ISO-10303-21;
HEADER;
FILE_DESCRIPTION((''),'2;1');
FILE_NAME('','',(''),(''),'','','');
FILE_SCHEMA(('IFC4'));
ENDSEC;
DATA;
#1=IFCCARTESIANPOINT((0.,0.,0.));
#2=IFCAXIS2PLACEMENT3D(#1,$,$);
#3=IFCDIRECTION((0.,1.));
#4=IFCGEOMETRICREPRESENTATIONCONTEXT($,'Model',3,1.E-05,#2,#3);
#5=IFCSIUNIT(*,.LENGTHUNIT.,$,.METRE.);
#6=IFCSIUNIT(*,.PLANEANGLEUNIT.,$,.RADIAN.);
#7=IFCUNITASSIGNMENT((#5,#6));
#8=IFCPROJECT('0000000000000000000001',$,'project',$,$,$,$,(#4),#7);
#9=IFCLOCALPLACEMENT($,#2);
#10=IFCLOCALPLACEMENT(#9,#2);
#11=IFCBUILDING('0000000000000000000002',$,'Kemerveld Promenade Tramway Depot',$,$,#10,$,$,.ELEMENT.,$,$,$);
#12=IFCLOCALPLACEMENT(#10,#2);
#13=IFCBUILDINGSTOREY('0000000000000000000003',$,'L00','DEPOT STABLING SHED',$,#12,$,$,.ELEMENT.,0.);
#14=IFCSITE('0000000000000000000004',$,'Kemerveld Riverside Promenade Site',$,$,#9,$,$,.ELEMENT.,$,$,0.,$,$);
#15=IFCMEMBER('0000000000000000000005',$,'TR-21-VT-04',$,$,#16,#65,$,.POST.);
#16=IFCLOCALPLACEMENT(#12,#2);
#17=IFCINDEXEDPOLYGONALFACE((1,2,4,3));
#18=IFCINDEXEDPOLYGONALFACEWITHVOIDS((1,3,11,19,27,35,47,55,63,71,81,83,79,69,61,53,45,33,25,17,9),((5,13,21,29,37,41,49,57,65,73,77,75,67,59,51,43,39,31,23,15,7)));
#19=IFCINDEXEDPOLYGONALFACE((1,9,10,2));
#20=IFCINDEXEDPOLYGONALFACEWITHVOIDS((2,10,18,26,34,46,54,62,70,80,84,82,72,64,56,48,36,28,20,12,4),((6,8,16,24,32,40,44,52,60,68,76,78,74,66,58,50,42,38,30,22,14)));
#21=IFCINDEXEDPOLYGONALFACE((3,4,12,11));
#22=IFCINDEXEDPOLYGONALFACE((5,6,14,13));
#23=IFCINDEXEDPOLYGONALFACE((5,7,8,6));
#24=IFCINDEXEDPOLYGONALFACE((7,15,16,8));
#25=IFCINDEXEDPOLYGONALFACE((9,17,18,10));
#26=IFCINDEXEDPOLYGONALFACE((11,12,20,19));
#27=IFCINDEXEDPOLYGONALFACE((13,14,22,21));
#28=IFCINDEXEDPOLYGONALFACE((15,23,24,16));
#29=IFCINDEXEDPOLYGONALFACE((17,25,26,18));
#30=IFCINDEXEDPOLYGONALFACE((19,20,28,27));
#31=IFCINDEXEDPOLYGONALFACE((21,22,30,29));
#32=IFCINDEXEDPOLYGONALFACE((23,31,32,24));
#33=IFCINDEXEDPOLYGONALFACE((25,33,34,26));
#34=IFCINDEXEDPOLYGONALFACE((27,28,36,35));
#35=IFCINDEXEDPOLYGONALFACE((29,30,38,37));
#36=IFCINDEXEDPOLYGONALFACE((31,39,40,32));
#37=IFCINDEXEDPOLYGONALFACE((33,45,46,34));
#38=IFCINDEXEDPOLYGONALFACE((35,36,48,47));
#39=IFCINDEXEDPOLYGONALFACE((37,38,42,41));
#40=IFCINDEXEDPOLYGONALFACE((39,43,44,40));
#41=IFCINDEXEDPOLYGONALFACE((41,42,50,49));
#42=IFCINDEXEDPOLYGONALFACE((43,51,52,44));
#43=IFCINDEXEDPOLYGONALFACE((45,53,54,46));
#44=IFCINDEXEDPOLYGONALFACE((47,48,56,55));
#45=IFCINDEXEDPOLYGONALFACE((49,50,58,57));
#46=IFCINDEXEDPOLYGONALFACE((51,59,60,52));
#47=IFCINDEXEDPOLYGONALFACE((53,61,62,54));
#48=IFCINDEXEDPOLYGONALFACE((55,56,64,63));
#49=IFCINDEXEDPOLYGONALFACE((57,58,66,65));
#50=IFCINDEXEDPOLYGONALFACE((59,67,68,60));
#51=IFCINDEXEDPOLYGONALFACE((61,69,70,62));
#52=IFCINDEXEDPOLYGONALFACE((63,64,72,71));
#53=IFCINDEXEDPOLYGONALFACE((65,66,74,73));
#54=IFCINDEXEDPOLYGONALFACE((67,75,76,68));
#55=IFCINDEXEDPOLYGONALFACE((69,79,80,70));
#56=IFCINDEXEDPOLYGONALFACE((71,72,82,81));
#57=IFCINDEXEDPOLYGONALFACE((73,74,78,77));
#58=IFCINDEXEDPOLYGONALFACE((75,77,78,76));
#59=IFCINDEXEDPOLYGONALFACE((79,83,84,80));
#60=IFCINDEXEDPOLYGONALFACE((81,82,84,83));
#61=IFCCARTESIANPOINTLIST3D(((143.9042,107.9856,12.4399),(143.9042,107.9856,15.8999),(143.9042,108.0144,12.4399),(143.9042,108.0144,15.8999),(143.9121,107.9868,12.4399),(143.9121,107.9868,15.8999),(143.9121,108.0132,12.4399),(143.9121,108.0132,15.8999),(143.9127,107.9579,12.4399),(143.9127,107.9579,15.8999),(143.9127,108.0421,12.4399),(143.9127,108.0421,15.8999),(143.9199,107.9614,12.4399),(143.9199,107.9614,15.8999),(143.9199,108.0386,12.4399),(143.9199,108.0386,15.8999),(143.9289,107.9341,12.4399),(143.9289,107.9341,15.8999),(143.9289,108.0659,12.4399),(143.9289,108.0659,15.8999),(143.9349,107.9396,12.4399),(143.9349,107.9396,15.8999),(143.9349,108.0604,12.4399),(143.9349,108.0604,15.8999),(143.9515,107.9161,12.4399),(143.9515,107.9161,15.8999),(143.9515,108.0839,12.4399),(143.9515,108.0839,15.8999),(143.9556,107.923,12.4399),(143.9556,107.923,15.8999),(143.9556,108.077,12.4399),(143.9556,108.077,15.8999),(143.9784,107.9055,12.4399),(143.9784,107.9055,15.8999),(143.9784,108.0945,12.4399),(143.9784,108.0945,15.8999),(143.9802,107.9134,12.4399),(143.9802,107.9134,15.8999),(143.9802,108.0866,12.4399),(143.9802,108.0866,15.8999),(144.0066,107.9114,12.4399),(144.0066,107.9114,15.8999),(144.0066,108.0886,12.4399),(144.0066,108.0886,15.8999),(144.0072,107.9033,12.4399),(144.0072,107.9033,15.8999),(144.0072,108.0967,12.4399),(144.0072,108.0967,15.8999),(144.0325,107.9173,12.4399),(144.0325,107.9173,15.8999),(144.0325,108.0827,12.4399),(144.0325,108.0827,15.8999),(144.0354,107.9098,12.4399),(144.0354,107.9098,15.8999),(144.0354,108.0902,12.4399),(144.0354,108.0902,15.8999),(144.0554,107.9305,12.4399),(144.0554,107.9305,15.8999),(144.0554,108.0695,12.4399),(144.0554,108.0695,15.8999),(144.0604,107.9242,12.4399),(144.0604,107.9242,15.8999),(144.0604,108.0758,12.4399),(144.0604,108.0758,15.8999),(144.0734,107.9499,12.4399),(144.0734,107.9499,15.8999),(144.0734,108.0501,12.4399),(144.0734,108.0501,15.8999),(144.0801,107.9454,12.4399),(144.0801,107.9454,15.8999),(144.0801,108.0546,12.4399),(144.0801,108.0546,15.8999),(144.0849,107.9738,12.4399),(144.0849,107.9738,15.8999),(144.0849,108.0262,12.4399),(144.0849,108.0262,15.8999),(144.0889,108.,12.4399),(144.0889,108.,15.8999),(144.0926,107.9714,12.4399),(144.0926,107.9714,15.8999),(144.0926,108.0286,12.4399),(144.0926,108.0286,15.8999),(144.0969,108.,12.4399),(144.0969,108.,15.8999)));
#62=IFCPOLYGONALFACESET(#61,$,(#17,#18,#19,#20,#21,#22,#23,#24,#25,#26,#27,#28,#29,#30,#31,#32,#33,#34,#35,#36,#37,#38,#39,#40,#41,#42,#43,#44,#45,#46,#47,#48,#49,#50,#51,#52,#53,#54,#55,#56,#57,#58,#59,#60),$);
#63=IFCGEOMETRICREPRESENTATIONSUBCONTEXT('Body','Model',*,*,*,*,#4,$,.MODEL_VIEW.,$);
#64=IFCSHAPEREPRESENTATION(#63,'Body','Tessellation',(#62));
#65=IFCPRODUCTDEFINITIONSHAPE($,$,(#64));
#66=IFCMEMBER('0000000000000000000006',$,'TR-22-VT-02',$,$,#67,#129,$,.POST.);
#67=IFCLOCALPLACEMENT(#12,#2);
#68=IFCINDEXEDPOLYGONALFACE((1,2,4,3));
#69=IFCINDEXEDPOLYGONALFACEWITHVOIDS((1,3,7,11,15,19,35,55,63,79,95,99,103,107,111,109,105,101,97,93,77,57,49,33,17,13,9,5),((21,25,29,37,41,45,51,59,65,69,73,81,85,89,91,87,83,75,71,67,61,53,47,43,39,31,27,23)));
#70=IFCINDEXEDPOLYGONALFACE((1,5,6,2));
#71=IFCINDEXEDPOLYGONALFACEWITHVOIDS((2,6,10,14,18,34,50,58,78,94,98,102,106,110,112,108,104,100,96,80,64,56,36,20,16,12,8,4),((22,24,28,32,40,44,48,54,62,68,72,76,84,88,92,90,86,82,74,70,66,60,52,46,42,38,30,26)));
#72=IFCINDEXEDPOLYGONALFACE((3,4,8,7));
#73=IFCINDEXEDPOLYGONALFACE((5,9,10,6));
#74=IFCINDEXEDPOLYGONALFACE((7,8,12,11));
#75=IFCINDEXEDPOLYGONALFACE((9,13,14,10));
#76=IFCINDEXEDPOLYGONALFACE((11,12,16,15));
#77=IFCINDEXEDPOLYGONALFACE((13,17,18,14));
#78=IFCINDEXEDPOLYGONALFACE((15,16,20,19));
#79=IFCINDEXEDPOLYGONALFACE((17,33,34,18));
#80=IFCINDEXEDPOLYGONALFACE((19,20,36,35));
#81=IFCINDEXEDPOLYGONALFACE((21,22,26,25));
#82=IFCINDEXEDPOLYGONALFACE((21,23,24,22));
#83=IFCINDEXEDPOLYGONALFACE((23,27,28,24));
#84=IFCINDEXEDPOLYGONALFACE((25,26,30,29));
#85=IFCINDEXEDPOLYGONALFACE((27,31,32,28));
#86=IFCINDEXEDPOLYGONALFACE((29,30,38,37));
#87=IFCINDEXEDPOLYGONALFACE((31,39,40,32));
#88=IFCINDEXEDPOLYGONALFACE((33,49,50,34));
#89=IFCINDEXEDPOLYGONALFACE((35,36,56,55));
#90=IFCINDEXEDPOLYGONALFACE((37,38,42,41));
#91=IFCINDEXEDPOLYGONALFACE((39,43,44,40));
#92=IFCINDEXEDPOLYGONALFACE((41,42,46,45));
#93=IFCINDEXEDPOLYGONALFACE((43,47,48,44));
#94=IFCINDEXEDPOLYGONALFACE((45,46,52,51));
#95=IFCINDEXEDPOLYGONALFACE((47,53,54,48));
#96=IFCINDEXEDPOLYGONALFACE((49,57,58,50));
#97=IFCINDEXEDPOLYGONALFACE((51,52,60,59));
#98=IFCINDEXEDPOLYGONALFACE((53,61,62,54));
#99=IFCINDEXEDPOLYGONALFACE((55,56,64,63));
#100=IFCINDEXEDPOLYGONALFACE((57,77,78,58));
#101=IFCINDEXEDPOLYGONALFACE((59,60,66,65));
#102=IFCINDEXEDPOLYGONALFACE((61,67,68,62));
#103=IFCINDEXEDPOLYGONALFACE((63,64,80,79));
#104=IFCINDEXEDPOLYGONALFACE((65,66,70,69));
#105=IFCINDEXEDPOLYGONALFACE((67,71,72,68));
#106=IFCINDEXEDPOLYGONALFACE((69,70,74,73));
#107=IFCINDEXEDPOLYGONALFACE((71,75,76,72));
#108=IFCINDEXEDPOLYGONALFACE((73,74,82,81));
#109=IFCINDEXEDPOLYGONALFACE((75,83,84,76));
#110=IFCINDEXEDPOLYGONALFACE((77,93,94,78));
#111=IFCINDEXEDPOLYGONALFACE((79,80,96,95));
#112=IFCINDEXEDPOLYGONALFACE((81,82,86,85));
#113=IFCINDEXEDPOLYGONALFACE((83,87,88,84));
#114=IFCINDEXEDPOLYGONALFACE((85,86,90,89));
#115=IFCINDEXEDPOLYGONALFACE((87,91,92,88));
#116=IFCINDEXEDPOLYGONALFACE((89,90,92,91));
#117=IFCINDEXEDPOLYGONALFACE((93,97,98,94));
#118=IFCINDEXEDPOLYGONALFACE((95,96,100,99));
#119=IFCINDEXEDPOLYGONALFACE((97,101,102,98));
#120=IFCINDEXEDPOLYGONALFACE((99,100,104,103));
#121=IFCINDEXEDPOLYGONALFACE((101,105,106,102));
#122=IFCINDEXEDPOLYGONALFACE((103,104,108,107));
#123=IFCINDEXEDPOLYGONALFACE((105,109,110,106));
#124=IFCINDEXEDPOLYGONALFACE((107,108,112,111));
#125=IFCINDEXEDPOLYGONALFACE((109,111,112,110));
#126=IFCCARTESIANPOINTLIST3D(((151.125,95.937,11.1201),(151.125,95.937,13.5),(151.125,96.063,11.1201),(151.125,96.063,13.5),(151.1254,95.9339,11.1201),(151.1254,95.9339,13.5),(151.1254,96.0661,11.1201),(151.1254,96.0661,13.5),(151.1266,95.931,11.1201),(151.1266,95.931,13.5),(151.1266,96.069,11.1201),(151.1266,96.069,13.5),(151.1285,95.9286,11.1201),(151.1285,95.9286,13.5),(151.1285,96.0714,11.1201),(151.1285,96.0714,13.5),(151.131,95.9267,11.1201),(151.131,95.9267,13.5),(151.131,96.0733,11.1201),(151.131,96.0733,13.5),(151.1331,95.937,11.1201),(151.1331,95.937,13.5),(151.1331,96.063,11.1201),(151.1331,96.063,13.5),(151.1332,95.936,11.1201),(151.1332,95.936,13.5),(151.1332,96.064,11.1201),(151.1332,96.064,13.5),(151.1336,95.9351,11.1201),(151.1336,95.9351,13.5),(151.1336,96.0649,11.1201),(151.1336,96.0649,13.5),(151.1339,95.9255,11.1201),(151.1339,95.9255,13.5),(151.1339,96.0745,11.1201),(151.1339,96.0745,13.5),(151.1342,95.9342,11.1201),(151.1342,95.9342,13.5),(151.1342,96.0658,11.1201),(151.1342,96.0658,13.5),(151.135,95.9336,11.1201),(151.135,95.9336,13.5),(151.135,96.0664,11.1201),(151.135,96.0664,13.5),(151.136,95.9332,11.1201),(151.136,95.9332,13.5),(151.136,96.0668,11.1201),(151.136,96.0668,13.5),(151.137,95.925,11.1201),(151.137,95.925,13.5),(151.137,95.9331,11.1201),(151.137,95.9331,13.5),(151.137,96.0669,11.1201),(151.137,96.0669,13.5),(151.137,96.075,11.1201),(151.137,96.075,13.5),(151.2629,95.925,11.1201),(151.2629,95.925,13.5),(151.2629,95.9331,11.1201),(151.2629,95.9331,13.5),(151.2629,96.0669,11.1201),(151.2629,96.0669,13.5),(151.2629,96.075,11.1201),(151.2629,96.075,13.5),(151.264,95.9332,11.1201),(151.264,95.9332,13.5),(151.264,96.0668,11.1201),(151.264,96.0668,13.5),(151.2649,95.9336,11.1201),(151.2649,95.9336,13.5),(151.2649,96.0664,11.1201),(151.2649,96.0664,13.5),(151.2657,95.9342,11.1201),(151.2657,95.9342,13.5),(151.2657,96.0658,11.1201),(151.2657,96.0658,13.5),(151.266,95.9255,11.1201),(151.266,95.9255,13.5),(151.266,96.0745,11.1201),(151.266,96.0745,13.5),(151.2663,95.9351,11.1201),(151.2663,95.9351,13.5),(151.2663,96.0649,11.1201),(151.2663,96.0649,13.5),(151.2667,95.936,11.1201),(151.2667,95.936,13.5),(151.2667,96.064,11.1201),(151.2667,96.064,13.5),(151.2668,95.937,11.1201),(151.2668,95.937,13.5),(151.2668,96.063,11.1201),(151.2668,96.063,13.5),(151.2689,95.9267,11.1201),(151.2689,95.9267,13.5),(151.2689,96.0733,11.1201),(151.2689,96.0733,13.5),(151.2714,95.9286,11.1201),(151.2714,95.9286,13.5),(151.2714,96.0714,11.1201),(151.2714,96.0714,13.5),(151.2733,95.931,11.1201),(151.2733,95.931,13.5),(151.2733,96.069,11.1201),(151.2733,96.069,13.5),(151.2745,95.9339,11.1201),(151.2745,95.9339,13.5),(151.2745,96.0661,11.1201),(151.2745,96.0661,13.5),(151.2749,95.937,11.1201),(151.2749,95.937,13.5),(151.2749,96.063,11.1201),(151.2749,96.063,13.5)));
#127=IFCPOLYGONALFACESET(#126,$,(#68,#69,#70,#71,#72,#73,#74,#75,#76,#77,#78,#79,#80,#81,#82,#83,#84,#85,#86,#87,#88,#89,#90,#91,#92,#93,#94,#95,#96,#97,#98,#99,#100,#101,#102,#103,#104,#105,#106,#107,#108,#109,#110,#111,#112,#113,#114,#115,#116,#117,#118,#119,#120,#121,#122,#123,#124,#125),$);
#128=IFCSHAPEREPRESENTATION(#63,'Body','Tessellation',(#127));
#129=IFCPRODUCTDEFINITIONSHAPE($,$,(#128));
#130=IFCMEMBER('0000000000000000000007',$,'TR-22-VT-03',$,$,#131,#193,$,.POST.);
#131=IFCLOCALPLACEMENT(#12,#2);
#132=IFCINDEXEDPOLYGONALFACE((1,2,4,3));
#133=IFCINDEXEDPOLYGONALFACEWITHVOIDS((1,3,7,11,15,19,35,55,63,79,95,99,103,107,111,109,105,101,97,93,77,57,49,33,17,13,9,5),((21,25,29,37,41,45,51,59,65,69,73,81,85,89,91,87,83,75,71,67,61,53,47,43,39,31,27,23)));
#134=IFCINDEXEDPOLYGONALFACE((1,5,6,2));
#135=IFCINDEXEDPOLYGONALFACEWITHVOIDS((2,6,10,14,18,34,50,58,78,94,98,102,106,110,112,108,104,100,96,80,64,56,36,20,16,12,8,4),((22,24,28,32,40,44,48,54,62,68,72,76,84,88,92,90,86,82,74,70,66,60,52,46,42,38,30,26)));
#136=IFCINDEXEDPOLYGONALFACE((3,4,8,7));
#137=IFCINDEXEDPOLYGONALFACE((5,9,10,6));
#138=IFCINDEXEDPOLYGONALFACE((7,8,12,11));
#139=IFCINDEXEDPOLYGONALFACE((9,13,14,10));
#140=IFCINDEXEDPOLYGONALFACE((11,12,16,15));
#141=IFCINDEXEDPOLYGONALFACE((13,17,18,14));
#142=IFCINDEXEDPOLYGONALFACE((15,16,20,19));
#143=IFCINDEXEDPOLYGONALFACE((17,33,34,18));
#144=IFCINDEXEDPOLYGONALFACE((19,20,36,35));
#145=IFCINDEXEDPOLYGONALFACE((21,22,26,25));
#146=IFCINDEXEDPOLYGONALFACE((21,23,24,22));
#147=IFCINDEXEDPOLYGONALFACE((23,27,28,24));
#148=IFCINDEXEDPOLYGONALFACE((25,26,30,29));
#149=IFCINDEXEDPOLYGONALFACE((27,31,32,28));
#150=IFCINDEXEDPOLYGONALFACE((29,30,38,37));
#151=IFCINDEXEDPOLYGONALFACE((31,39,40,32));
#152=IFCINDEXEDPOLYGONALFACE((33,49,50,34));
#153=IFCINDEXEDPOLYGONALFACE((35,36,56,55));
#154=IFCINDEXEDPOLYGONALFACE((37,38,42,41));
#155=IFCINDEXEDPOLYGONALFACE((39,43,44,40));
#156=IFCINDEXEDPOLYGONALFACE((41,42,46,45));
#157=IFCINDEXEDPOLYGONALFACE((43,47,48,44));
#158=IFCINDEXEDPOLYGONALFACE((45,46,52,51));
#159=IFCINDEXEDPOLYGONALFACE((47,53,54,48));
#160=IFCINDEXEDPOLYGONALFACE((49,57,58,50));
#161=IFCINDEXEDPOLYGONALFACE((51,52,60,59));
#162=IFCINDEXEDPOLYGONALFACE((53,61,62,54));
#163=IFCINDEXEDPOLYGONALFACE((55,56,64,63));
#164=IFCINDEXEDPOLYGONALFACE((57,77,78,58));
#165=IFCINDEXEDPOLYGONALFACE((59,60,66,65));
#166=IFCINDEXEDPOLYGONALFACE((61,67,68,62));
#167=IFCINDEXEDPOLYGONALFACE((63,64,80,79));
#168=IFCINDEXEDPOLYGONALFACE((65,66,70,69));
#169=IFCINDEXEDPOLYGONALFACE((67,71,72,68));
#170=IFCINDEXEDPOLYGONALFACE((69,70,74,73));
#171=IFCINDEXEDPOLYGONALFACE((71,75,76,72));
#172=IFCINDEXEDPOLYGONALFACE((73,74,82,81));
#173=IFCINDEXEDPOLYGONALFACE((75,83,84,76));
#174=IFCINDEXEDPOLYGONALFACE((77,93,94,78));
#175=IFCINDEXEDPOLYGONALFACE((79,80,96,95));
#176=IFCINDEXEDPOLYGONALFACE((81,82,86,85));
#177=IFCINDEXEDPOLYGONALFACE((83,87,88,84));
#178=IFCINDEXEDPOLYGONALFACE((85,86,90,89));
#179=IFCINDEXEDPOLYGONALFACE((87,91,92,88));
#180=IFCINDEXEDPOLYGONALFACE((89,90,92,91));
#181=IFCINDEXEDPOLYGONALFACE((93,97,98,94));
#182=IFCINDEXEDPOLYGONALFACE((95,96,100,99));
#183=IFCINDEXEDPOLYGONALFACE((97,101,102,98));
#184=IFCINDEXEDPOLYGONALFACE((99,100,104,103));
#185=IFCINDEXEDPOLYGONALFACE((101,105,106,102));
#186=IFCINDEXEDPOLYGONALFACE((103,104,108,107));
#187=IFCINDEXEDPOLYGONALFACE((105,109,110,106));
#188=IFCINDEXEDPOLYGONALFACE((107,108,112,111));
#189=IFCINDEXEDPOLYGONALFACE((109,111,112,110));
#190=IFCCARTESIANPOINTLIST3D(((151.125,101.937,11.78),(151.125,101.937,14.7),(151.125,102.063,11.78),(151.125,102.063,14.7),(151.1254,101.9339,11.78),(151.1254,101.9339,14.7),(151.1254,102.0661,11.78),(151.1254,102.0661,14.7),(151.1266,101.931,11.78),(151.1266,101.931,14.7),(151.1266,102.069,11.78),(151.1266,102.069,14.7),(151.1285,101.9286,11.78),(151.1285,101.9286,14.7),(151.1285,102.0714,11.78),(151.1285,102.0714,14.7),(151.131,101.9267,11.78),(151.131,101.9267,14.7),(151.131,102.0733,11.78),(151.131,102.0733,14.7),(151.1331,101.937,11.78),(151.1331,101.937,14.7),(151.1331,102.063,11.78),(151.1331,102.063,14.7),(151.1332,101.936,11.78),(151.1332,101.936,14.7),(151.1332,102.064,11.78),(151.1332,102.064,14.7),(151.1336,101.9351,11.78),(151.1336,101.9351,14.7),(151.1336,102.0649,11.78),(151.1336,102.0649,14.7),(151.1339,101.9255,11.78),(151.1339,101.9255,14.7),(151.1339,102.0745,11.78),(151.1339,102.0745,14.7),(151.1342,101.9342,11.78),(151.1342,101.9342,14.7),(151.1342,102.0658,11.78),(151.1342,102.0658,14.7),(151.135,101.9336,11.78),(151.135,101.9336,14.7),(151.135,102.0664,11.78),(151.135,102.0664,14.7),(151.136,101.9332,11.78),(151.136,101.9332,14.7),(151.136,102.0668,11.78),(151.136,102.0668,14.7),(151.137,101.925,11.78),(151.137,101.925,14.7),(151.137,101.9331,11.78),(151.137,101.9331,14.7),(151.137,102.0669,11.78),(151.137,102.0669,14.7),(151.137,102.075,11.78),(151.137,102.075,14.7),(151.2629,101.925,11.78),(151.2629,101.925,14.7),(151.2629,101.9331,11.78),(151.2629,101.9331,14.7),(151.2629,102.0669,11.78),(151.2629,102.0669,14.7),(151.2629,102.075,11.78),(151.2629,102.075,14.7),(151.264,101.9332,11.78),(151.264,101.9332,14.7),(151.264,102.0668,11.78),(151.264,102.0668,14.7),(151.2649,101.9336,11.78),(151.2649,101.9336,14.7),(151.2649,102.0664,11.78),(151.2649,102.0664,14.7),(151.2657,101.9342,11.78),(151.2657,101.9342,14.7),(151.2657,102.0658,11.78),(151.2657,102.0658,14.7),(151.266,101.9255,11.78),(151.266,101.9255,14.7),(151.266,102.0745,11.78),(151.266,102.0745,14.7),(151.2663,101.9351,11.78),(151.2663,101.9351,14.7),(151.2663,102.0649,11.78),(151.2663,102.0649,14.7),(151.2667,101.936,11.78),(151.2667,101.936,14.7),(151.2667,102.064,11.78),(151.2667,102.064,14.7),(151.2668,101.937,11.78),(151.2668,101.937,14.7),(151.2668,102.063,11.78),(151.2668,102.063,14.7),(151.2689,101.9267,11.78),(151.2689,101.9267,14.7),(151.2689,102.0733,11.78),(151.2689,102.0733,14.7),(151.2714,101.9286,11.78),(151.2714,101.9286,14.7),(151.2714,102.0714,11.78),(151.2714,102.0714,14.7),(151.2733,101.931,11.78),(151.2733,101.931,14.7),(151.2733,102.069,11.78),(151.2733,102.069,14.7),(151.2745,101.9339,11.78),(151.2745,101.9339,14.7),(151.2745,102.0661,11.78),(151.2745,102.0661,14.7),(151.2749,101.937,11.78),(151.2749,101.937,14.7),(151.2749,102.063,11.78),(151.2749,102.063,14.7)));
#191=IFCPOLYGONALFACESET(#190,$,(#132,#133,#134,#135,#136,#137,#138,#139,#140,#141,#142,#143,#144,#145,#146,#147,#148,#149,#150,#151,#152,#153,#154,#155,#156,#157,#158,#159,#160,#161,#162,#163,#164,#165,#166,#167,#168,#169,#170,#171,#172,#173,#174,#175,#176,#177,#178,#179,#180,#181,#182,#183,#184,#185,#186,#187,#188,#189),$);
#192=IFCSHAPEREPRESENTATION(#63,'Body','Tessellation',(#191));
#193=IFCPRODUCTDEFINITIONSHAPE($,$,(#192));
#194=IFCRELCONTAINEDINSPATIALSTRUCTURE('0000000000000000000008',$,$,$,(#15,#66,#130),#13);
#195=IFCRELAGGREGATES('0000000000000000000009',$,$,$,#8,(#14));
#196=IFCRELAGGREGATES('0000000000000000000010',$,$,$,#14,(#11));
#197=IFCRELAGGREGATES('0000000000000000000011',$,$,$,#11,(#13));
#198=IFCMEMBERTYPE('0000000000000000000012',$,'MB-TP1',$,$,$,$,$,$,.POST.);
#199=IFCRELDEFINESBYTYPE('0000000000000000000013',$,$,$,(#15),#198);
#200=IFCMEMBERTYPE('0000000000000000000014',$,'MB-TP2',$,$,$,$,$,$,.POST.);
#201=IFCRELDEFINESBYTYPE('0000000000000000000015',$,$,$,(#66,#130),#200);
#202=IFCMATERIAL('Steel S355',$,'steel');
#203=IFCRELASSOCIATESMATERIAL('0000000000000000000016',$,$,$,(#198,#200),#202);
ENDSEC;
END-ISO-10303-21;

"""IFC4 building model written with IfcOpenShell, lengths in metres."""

from ifc_helpers import new_model, si_unit, direction, frame, origin, origin_2d, place, context, subcontext, project, spatial, hollow_rectangle, hollow_circle, extrude, material, material_profile, profile_set, type_object, element, save


model = new_model("IFC4")

# Units and contexts
model_context = context("Model", 3, precision=1e-05, world=origin(), true_north=direction((0.0, 1.0)))
body_context = subcontext(model_context, "Body", "Model", "MODEL_VIEW")
ifc_project = project(units=[si_unit("LENGTHUNIT", "METRE"), si_unit("PLANEANGLEUNIT", "RADIAN")], contexts=[model_context])

# Site, building, storey
site_placement = place(None, origin())
site = spatial("IfcSite", under=ifc_project, at=site_placement, Name="Kemerveld Riverside Promenade Site", CompositionType="ELEMENT", RefElevation=0.0)
building_placement = place(site_placement, origin())
building = spatial("IfcBuilding", under=site, at=building_placement, Name="Kemerveld Promenade Tramway Depot", CompositionType="ELEMENT")
storey_placement = place(building_placement, origin())
storey = spatial("IfcBuildingStorey", under=building, at=storey_placement, Name="L00", Description="DEPOT STABLING SHED", CompositionType="ELEMENT", Elevation=0.0)

# Members
ifc_material_1 = material(Name="Steel S355", Category="steel")
ifc_material_profile_1 = material_profile(ifc_material_1, hollow_circle(Radius=0.0969, WallThickness=0.0081, at=origin_2d()), Name="193.7x8.0 CHS")
ifc_profile_set_1 = profile_set([ifc_material_profile_1], Name="Steel S355")
member_type_1 = type_object("IfcMemberType", Name="MB-TP1", PredefinedType="POST", material=ifc_profile_set_1)
member_1_placement = place(storey_placement, frame((144.0, 108.0, 12.4399), z_axis=(0.0, 0.0, 1.0), x_axis=(1.0, 0.0, 0.0)))
element("IfcMember", 1, at=member_1_placement, inside=storey, type_object=member_type_1, Name="TR-21-VT-04", PredefinedType="POST", context=body_context, shape_type="SweptSolid", body=[
    extrude(hollow_circle(Radius=0.0969, WallThickness=0.0081, at=origin_2d()), origin(), (0.0, 0.0, 1.0), 3.46),
])
ifc_material_profile_2 = material_profile(ifc_material_1, hollow_rectangle(XDim=0.1499, YDim=0.1499, WallThickness=0.0081, InnerFilletRadius=0.0039, OuterFilletRadius=0.012, at=origin_2d()), Name="150x150x8.0 SHS")
ifc_profile_set_2 = profile_set([ifc_material_profile_2], Name="Steel S355")
member_type_2 = type_object("IfcMemberType", Name="MB-TP2", PredefinedType="POST", material=ifc_profile_set_2)
member_2_placement = place(storey_placement, frame((151.2, 96.0, 11.1201), z_axis=(0.0, 0.0, 1.0), x_axis=(1.0, 0.0, 0.0)))
element("IfcMember", 2, at=member_2_placement, inside=storey, type_object=member_type_2, Name="TR-22-VT-02", PredefinedType="POST", context=body_context, shape_type="SweptSolid", body=[
    extrude(hollow_rectangle(XDim=0.1499, YDim=0.1499, WallThickness=0.0081, InnerFilletRadius=0.0039, OuterFilletRadius=0.012, at=origin_2d()), origin(), (0.0, 0.0, 1.0), 2.3799),
])
member_3_placement = place(storey_placement, frame((151.2, 102.0, 11.78), z_axis=(0.0, 0.0, 1.0), x_axis=(1.0, 0.0, 0.0)))
element("IfcMember", 3, at=member_3_placement, inside=storey, type_object=member_type_2, Name="TR-22-VT-03", PredefinedType="POST", context=body_context, shape_type="SweptSolid", body=[
    extrude(hollow_rectangle(XDim=0.1499, YDim=0.1499, WallThickness=0.0081, InnerFilletRadius=0.0039, OuterFilletRadius=0.012, at=origin_2d()), origin(), (0.0, 0.0, 1.0), 2.9199),
])

save(model, "model.ifc")
